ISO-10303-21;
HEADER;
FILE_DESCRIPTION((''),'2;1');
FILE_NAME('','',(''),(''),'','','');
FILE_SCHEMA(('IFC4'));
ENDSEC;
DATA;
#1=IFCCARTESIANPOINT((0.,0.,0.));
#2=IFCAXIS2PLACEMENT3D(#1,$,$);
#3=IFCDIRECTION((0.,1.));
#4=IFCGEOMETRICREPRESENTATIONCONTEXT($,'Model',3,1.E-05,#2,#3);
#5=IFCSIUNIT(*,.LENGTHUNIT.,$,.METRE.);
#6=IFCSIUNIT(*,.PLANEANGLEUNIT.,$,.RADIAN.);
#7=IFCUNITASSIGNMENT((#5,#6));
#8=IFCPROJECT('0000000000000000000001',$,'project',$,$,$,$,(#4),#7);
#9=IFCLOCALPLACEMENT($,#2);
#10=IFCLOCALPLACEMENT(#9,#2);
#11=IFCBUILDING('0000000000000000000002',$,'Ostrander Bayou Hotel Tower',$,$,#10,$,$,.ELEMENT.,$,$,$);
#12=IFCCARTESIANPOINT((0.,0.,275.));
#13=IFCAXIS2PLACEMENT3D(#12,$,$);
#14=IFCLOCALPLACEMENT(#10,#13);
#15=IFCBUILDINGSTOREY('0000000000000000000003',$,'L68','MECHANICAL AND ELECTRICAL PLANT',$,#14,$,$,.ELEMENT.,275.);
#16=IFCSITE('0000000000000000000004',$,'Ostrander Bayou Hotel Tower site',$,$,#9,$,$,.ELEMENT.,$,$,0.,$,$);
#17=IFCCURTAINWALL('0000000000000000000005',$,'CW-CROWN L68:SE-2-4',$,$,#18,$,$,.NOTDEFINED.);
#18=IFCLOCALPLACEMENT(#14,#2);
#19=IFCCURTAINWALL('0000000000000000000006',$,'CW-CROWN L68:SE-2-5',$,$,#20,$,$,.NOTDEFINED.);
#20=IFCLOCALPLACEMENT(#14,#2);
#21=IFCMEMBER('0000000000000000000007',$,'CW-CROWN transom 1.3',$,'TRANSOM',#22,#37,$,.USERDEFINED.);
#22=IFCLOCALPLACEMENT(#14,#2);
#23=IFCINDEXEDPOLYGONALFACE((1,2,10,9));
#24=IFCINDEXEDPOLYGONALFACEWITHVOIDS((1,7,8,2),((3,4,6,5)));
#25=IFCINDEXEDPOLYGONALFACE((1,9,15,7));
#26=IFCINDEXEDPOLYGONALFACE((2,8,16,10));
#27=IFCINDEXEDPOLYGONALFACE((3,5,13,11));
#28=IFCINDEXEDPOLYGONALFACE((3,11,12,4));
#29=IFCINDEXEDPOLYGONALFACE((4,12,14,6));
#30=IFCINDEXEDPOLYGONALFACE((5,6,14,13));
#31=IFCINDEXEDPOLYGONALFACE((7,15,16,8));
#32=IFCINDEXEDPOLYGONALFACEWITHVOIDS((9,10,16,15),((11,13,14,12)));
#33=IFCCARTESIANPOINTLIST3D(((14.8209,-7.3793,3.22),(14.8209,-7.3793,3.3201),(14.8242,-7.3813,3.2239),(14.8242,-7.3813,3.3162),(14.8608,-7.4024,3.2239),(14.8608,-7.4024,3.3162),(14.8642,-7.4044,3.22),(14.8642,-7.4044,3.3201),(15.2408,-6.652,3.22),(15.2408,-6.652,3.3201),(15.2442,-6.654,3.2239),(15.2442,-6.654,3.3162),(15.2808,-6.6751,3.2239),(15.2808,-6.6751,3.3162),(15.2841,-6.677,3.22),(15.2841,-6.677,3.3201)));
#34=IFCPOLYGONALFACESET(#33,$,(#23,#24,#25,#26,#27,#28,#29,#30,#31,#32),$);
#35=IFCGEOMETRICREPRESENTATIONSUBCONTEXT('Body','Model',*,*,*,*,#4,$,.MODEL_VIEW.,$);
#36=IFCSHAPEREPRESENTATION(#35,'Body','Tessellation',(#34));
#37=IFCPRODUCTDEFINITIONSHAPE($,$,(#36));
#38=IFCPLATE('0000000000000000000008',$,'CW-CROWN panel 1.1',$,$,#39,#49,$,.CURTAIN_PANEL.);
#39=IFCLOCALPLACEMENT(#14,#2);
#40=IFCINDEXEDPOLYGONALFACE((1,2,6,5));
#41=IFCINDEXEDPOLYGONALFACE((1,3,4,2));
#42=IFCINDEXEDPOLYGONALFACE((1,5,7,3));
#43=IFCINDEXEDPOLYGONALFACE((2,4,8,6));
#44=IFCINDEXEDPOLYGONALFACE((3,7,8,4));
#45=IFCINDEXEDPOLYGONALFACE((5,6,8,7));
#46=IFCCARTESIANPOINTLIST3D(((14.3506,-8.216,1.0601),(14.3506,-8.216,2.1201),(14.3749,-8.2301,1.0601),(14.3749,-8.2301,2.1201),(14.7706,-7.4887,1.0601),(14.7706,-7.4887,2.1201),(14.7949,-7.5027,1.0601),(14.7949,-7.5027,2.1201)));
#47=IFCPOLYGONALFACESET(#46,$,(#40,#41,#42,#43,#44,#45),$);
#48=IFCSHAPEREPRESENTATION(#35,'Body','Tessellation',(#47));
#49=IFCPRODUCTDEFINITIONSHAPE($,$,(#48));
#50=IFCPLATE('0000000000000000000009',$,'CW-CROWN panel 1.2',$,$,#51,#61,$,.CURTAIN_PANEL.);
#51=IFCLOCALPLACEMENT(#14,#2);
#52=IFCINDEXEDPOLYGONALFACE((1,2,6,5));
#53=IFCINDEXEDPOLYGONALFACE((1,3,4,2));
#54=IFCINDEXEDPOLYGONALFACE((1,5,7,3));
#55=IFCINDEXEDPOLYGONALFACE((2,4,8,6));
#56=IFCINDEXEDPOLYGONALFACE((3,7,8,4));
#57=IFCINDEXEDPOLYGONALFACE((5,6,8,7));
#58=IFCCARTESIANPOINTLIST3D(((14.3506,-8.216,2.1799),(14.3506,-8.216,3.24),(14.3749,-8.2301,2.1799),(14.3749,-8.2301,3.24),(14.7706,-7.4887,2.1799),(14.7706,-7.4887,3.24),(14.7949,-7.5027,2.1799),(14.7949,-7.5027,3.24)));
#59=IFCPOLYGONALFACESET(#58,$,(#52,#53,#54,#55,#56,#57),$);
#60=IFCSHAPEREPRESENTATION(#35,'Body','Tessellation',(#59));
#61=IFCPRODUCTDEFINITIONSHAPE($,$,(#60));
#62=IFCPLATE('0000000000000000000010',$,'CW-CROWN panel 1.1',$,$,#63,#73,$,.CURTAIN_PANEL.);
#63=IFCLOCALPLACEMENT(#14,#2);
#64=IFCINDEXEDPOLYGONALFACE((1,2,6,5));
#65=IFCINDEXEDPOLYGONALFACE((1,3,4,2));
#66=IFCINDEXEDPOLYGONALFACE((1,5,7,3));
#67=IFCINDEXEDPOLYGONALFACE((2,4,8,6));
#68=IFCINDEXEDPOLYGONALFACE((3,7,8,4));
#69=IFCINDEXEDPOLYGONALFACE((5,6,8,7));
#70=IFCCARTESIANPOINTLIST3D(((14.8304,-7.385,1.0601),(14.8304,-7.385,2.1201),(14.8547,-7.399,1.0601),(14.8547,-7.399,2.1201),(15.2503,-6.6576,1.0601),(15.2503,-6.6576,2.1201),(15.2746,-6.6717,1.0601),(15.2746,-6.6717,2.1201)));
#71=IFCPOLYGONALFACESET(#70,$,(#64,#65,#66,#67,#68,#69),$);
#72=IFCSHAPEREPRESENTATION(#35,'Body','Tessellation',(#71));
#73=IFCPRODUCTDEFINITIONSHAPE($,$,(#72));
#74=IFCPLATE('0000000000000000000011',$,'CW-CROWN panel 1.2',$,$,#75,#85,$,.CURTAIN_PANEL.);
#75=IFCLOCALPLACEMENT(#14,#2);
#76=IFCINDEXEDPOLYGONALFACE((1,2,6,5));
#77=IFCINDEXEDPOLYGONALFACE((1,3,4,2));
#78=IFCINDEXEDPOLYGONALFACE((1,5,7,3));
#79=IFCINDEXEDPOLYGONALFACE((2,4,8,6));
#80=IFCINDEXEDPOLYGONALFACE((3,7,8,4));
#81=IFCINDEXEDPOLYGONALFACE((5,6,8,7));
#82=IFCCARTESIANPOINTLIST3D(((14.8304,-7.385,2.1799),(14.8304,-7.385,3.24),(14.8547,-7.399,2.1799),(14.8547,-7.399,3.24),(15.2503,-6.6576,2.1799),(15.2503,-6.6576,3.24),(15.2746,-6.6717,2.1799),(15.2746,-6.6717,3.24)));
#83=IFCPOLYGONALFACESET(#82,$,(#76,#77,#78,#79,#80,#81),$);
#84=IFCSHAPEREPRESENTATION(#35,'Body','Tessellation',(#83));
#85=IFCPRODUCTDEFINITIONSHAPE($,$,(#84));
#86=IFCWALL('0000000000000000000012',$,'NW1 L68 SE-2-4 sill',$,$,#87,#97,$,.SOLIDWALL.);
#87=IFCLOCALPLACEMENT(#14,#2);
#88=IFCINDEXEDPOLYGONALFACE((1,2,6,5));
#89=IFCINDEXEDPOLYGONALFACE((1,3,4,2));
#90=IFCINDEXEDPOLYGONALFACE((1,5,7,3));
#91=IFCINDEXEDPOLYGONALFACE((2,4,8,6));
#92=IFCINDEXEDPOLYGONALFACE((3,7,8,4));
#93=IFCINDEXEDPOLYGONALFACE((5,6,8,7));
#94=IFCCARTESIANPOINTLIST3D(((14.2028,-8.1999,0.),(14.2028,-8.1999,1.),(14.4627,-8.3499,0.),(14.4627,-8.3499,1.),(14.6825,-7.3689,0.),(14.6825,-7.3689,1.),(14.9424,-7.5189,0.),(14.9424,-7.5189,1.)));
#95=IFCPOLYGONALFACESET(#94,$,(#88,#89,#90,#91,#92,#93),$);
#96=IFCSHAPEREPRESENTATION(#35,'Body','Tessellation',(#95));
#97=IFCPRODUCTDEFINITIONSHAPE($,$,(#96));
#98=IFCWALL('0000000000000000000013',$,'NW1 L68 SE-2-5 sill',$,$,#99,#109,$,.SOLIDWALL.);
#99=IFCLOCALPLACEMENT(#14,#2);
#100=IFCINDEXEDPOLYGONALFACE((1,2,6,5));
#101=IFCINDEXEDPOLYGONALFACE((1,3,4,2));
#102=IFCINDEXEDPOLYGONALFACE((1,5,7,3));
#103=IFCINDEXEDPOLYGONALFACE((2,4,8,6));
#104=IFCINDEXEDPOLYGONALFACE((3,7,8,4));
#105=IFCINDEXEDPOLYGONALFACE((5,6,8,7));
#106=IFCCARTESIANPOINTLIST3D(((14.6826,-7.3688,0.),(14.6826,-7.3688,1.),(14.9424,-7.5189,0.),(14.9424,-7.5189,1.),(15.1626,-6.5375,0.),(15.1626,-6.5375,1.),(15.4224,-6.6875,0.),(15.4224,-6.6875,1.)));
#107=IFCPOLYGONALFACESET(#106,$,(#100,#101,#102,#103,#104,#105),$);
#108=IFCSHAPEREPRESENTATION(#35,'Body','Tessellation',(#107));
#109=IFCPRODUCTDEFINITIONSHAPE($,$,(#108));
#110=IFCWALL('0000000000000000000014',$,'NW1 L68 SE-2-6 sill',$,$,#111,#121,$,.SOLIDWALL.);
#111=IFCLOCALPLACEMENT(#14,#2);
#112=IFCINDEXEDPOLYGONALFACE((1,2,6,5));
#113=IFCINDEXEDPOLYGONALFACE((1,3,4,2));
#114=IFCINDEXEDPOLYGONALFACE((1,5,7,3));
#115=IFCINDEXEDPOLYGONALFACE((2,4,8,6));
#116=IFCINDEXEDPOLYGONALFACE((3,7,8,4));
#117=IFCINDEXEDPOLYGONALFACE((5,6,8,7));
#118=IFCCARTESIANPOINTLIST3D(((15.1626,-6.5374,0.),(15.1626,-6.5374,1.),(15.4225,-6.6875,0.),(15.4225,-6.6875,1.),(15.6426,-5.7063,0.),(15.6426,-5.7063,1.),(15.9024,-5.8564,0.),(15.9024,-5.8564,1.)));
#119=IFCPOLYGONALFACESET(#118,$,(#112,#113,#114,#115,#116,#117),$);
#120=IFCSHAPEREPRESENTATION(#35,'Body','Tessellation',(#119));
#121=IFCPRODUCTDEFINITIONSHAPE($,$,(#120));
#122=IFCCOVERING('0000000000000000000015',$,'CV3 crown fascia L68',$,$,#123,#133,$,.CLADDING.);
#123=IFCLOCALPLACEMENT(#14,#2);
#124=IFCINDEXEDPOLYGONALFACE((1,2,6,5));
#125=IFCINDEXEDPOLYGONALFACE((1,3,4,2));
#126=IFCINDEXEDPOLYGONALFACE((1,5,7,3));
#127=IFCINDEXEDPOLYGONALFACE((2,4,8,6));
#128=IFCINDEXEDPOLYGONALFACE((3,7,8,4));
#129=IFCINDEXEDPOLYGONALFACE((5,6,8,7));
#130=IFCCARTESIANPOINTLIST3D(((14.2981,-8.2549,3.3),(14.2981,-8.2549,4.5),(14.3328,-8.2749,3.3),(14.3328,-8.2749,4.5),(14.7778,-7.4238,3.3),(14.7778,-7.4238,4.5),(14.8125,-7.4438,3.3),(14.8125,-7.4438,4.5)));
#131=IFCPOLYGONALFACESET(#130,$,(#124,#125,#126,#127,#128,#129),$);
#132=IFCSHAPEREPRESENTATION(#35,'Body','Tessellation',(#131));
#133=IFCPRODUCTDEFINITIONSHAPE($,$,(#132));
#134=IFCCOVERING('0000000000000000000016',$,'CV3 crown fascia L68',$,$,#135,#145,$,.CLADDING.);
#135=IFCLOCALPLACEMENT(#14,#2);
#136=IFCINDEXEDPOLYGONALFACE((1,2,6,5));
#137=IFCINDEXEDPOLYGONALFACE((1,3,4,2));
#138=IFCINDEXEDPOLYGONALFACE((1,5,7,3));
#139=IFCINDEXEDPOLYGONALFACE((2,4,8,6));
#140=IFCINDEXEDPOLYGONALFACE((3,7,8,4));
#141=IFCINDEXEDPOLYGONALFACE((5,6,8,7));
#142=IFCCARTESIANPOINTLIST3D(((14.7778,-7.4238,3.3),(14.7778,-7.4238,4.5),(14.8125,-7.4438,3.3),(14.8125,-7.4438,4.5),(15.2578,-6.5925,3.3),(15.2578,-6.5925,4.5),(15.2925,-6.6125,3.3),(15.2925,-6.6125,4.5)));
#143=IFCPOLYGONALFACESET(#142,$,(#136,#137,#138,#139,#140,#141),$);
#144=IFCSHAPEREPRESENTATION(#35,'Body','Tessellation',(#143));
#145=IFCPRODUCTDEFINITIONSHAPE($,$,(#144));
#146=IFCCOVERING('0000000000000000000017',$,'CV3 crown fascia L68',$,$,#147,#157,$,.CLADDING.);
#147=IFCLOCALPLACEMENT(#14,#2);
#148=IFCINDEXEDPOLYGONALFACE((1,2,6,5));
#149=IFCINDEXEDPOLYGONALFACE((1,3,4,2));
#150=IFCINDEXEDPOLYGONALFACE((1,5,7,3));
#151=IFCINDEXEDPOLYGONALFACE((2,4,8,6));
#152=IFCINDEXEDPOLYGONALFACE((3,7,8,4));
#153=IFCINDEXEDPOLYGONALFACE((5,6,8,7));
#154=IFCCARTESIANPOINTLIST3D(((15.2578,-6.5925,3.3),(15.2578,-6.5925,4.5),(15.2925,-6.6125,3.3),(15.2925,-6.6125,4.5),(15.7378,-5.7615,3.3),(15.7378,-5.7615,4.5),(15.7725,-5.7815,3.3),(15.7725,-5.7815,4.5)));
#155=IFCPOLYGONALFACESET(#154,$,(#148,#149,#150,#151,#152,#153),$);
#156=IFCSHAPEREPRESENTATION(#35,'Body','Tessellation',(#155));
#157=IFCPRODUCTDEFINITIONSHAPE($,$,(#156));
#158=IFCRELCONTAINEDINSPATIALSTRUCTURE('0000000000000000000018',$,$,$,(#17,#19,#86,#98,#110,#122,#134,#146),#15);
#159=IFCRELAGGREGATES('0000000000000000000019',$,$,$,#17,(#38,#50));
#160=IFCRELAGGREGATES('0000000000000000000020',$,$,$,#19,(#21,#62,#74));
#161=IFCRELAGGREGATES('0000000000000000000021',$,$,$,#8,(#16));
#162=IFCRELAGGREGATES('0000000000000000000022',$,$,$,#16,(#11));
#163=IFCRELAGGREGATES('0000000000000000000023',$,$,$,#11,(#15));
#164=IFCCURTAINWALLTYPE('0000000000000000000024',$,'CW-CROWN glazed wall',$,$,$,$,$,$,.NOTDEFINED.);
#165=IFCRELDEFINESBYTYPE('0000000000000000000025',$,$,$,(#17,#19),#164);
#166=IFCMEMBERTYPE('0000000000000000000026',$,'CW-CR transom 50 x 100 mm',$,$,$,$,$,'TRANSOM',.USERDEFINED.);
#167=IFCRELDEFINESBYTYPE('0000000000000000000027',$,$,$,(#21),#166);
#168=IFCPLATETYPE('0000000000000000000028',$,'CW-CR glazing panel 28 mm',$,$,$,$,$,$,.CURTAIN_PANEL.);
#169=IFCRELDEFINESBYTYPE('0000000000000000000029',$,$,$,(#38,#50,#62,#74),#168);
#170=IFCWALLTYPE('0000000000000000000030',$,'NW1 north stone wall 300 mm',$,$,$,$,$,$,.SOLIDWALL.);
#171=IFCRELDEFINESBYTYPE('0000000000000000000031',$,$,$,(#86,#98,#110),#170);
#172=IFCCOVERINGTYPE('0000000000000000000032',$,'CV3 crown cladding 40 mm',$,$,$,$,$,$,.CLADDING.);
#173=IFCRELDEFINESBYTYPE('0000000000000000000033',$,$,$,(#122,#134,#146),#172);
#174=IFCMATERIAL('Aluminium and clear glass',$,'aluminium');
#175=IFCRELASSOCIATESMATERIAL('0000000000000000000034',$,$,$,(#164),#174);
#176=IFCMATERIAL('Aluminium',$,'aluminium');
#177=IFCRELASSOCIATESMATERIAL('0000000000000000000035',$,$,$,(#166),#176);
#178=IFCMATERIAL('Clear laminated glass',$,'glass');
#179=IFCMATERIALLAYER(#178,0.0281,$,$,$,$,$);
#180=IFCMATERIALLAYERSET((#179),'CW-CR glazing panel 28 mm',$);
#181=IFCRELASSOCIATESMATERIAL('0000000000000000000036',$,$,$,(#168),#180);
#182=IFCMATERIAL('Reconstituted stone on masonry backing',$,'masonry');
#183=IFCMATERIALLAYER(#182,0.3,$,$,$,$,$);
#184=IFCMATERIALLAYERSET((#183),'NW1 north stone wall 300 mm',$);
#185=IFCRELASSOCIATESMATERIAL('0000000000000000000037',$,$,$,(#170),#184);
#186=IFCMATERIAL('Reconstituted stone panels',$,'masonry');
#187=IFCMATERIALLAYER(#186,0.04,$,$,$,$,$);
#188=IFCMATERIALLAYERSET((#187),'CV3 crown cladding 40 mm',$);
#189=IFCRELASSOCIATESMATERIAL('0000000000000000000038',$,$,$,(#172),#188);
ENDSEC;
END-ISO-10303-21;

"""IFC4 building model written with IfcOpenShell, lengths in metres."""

from ifc_helpers import new_model, si_unit, direction, frame, frame_2d, origin, origin_2d, place, context, subcontext, project, spatial, polyline, rectangle, hollow_rectangle, outline, extrude, material, layer, layer_set, material_profile, profile_set, type_object, element, aggregate, save


model = new_model("IFC4")

# Units and contexts
model_context = context("Model", 3, precision=1e-05, world=origin(), true_north=direction((0.0, 1.0)))
body_context = subcontext(model_context, "Body", "Model", "MODEL_VIEW")
ifc_project = project(units=[si_unit("LENGTHUNIT", "METRE"), si_unit("PLANEANGLEUNIT", "RADIAN")], contexts=[model_context])

# Site, building, storey
site_placement = place(None, origin())
site = spatial("IfcSite", under=ifc_project, at=site_placement, Name="Ostrander Bayou Hotel Tower site", CompositionType="ELEMENT", RefElevation=0.0)
building_placement = place(site_placement, origin())
building = spatial("IfcBuilding", under=site, at=building_placement, Name="Ostrander Bayou Hotel Tower", CompositionType="ELEMENT")
storey_placement = place(building_placement, frame((0.0, 0.0, 275.0)))
storey = spatial("IfcBuildingStorey", under=building, at=storey_placement, Name="L68", Description="MECHANICAL AND ELECTRICAL PLANT", CompositionType="ELEMENT", Elevation=275.0)

# Shared definitions
ifc_material_1 = material(Name="Aluminium and clear glass", Category="aluminium")
curtain_wall_type = type_object("IfcCurtainWallType", Name="CW-CROWN glazed wall", PredefinedType="NOTDEFINED", material=ifc_material_1)

# Curtain walls
curtain_wall_1_placement = place(storey_placement, origin())
curtain_wall_1 = element("IfcCurtainWall", 1, at=curtain_wall_1_placement, inside=storey, type_object=curtain_wall_type, Name="CW-CROWN L68:SE-2-4", PredefinedType="NOTDEFINED")
curtain_wall_2_placement = place(storey_placement, origin())
curtain_wall_2 = element("IfcCurtainWall", 2, at=curtain_wall_2_placement, inside=storey, type_object=curtain_wall_type, Name="CW-CROWN L68:SE-2-5", PredefinedType="NOTDEFINED")

# Member
ifc_material_2 = material(Name="Aluminium", Category="aluminium")
ifc_material_profile_1 = material_profile(ifc_material_2, hollow_rectangle(XDim=0.05, YDim=0.1001, WallThickness=0.0039, at=origin_2d()))
ifc_profile_set_1 = profile_set([ifc_material_profile_1], Name="Aluminium")
member_type_1 = type_object("IfcMemberType", Name="CW-CR transom 50 x 100 mm", ElementType="TRANSOM", PredefinedType="USERDEFINED", material=ifc_profile_set_1)
member_1_placement = place(storey_placement, frame((14.8425, -7.3918, 3.27), z_axis=(0.500016, 0.866016, 0.0), x_axis=(-0.866016, 0.500016, 0.0)))
member_1 = element("IfcMember", 3, at=member_1_placement, type_object=member_type_1, Name="CW-CROWN transom 1.3", ObjectType="TRANSOM", PredefinedType="USERDEFINED", context=body_context, shape_type="SweptSolid", body=[
    extrude(hollow_rectangle(XDim=0.05, YDim=0.1001, WallThickness=0.0039, at=origin_2d()), origin(), (0.0, 0.0, 1.0), 0.8398),
])

# Plates
ifc_material_3 = material(Name="Clear laminated glass", Category="glass")
ifc_layer_1 = layer(ifc_material_3, 0.0281)
ifc_layer_set_1 = layer_set([ifc_layer_1], Name="CW-CR glazing panel 28 mm")
plate_type = type_object("IfcPlateType", Name="CW-CR glazing panel 28 mm", PredefinedType="CURTAIN_PANEL", material=ifc_layer_set_1)
plate_1_placement = place(storey_placement, frame((14.5728, -7.8594, 1.0601), z_axis=(0.0, 0.0, 1.0), x_axis=(0.500005, 0.866022, 0.0)))
plate_1 = element("IfcPlate", 4, at=plate_1_placement, type_object=plate_type, Name="CW-CROWN panel 1.1", PredefinedType="CURTAIN_PANEL", context=body_context, shape_type="SweptSolid", body=[
    extrude(rectangle(XDim=0.8398, YDim=0.0281, at=origin_2d()), origin(), (0.0, 0.0, 1.0), 1.0601),
])
plate_2_placement = place(storey_placement, frame((14.5728, -7.8594, 2.1799), z_axis=(0.0, 0.0, 1.0), x_axis=(0.500005, 0.866022, 0.0)))
plate_2 = element("IfcPlate", 5, at=plate_2_placement, type_object=plate_type, Name="CW-CROWN panel 1.2", PredefinedType="CURTAIN_PANEL", context=body_context, shape_type="SweptSolid", body=[
    extrude(rectangle(XDim=0.8398, YDim=0.0281, at=origin_2d()), origin(), (0.0, 0.0, 1.0), 1.0601),
])
aggregate(curtain_wall_1, [plate_1, plate_2])
plate_3_placement = place(storey_placement, frame((15.0525, -7.0283, 1.0601), z_axis=(0.0, 0.0, 1.0), x_axis=(0.500005, 0.866022, 0.0)))
plate_3 = element("IfcPlate", 6, at=plate_3_placement, type_object=plate_type, Name="CW-CROWN panel 1.1", PredefinedType="CURTAIN_PANEL", context=body_context, shape_type="SweptSolid", body=[
    extrude(rectangle(XDim=0.8398, YDim=0.0281, at=origin_2d()), origin(), (0.0, 0.0, 1.0), 1.0601),
])
plate_4_placement = place(storey_placement, frame((15.0525, -7.0283, 2.1799), z_axis=(0.0, 0.0, 1.0), x_axis=(0.500005, 0.866022, 0.0)))
plate_4 = element("IfcPlate", 7, at=plate_4_placement, type_object=plate_type, Name="CW-CROWN panel 1.2", PredefinedType="CURTAIN_PANEL", context=body_context, shape_type="SweptSolid", body=[
    extrude(rectangle(XDim=0.8398, YDim=0.0281, at=origin_2d()), origin(), (0.0, 0.0, 1.0), 1.0601),
])
aggregate(curtain_wall_2, [member_1, plate_3, plate_4])

# Walls
ifc_material_4 = material(Name="Reconstituted stone on masonry backing", Category="masonry")
ifc_layer_2 = layer(ifc_material_4, 0.3)
ifc_layer_set_2 = layer_set([ifc_layer_2], Name="NW1 north stone wall 300 mm")
wall_type = type_object("IfcWallType", Name="NW1 north stone wall 300 mm", PredefinedType="SOLIDWALL", material=ifc_layer_set_2)
wall_1_placement = place(storey_placement, frame((14.3328, -8.2749, 0.0), z_axis=(0.0, 0.0, 1.0), x_axis=(0.499943, 0.866058, 0.0)))
element("IfcWall", 8, at=wall_1_placement, inside=storey, type_object=wall_type, Name="NW1 L68 SE-2-4 sill", PredefinedType="SOLIDWALL", context=body_context, shape_type="SweptSolid", body=[
    extrude(rectangle(XDim=0.9595, YDim=0.3, at=frame_2d((0.4797, 0.0))), origin(), (0.0, 0.0, 1.0), 1.0),
])
wall_2_placement = place(storey_placement, frame((14.8125, -7.4438, 0.0), z_axis=(0.0, 0.0, 1.0), x_axis=(0.500023, 0.866012, 0.0)))
element("IfcWall", 9, at=wall_2_placement, inside=storey, type_object=wall_type, Name="NW1 L68 SE-2-5 sill", PredefinedType="SOLIDWALL", context=body_context, shape_type="SweptSolid", body=[
    extrude(rectangle(XDim=0.96, YDim=0.3, at=frame_2d((0.48, 0.0))), origin(), (0.0, 0.0, 1.0), 1.0),
])
wall_3_placement = place(storey_placement, frame((15.2925, -6.6125, 0.0), z_axis=(0.0, 0.0, 1.0), x_axis=(0.500133, 0.865948, 0.0)))
element("IfcWall", 10, at=wall_3_placement, inside=storey, type_object=wall_type, Name="NW1 L68 SE-2-6 sill", PredefinedType="SOLIDWALL", context=body_context, shape_type="SweptSolid", body=[
    extrude(rectangle(XDim=0.9597, YDim=0.3, at=frame_2d((0.48, 0.0))), origin(), (0.0, 0.0, 1.0), 1.0),
])

# Coverings
ifc_material_5 = material(Name="Reconstituted stone panels", Category="masonry")
ifc_layer_3 = layer(ifc_material_5, 0.04)
ifc_layer_set_3 = layer_set([ifc_layer_3], Name="CV3 crown cladding 40 mm")
covering_type = type_object("IfcCoveringType", Name="CV3 crown cladding 40 mm", PredefinedType="CLADDING", material=ifc_layer_set_3)
covering_1_placement = place(storey_placement, frame((14.3328, -8.2749, 3.3), z_axis=(0.866058, -0.499943, 0.0), x_axis=(0.499943, 0.866058, 0.0)))
element("IfcCovering", 11, at=covering_1_placement, inside=storey, type_object=covering_type, Name="CV3 crown fascia L68", PredefinedType="CLADDING", context=body_context, shape_type="SweptSolid", body=[
    extrude(outline(polyline([(0.0, 0.0), (0.9596, 0.0), (0.9596, 1.2), (0.0, 1.2), (0.0, 0.0)])), origin(), (0.0, 0.0, -1.0), 0.04),
])
covering_2_placement = place(storey_placement, frame((14.8125, -7.4438, 3.3), z_axis=(0.866012, -0.500023, 0.0), x_axis=(0.500023, 0.866012, 0.0)))
element("IfcCovering", 12, at=covering_2_placement, inside=storey, type_object=covering_type, Name="CV3 crown fascia L68", PredefinedType="CLADDING", context=body_context, shape_type="SweptSolid", body=[
    extrude(outline(polyline([(0.0, 0.0), (0.9599, 0.0), (0.9599, 1.2), (0.0, 1.2), (0.0, 0.0)])), origin(), (0.0, 0.0, -1.0), 0.04),
])
covering_3_placement = place(storey_placement, frame((15.2925, -6.6125, 3.3), z_axis=(0.865948, -0.500133, 0.0), x_axis=(0.500133, 0.865948, 0.0)))
element("IfcCovering", 13, at=covering_3_placement, inside=storey, type_object=covering_type, Name="CV3 crown fascia L68", PredefinedType="CLADDING", context=body_context, shape_type="SweptSolid", body=[
    extrude(outline(polyline([(0.0, 0.0), (0.9597, 0.0), (0.9597, 1.2), (0.0, 1.2), (0.0, 0.0)])), origin(), (0.0, 0.0, -1.0), 0.04),
])

save(model, "model.ifc")
